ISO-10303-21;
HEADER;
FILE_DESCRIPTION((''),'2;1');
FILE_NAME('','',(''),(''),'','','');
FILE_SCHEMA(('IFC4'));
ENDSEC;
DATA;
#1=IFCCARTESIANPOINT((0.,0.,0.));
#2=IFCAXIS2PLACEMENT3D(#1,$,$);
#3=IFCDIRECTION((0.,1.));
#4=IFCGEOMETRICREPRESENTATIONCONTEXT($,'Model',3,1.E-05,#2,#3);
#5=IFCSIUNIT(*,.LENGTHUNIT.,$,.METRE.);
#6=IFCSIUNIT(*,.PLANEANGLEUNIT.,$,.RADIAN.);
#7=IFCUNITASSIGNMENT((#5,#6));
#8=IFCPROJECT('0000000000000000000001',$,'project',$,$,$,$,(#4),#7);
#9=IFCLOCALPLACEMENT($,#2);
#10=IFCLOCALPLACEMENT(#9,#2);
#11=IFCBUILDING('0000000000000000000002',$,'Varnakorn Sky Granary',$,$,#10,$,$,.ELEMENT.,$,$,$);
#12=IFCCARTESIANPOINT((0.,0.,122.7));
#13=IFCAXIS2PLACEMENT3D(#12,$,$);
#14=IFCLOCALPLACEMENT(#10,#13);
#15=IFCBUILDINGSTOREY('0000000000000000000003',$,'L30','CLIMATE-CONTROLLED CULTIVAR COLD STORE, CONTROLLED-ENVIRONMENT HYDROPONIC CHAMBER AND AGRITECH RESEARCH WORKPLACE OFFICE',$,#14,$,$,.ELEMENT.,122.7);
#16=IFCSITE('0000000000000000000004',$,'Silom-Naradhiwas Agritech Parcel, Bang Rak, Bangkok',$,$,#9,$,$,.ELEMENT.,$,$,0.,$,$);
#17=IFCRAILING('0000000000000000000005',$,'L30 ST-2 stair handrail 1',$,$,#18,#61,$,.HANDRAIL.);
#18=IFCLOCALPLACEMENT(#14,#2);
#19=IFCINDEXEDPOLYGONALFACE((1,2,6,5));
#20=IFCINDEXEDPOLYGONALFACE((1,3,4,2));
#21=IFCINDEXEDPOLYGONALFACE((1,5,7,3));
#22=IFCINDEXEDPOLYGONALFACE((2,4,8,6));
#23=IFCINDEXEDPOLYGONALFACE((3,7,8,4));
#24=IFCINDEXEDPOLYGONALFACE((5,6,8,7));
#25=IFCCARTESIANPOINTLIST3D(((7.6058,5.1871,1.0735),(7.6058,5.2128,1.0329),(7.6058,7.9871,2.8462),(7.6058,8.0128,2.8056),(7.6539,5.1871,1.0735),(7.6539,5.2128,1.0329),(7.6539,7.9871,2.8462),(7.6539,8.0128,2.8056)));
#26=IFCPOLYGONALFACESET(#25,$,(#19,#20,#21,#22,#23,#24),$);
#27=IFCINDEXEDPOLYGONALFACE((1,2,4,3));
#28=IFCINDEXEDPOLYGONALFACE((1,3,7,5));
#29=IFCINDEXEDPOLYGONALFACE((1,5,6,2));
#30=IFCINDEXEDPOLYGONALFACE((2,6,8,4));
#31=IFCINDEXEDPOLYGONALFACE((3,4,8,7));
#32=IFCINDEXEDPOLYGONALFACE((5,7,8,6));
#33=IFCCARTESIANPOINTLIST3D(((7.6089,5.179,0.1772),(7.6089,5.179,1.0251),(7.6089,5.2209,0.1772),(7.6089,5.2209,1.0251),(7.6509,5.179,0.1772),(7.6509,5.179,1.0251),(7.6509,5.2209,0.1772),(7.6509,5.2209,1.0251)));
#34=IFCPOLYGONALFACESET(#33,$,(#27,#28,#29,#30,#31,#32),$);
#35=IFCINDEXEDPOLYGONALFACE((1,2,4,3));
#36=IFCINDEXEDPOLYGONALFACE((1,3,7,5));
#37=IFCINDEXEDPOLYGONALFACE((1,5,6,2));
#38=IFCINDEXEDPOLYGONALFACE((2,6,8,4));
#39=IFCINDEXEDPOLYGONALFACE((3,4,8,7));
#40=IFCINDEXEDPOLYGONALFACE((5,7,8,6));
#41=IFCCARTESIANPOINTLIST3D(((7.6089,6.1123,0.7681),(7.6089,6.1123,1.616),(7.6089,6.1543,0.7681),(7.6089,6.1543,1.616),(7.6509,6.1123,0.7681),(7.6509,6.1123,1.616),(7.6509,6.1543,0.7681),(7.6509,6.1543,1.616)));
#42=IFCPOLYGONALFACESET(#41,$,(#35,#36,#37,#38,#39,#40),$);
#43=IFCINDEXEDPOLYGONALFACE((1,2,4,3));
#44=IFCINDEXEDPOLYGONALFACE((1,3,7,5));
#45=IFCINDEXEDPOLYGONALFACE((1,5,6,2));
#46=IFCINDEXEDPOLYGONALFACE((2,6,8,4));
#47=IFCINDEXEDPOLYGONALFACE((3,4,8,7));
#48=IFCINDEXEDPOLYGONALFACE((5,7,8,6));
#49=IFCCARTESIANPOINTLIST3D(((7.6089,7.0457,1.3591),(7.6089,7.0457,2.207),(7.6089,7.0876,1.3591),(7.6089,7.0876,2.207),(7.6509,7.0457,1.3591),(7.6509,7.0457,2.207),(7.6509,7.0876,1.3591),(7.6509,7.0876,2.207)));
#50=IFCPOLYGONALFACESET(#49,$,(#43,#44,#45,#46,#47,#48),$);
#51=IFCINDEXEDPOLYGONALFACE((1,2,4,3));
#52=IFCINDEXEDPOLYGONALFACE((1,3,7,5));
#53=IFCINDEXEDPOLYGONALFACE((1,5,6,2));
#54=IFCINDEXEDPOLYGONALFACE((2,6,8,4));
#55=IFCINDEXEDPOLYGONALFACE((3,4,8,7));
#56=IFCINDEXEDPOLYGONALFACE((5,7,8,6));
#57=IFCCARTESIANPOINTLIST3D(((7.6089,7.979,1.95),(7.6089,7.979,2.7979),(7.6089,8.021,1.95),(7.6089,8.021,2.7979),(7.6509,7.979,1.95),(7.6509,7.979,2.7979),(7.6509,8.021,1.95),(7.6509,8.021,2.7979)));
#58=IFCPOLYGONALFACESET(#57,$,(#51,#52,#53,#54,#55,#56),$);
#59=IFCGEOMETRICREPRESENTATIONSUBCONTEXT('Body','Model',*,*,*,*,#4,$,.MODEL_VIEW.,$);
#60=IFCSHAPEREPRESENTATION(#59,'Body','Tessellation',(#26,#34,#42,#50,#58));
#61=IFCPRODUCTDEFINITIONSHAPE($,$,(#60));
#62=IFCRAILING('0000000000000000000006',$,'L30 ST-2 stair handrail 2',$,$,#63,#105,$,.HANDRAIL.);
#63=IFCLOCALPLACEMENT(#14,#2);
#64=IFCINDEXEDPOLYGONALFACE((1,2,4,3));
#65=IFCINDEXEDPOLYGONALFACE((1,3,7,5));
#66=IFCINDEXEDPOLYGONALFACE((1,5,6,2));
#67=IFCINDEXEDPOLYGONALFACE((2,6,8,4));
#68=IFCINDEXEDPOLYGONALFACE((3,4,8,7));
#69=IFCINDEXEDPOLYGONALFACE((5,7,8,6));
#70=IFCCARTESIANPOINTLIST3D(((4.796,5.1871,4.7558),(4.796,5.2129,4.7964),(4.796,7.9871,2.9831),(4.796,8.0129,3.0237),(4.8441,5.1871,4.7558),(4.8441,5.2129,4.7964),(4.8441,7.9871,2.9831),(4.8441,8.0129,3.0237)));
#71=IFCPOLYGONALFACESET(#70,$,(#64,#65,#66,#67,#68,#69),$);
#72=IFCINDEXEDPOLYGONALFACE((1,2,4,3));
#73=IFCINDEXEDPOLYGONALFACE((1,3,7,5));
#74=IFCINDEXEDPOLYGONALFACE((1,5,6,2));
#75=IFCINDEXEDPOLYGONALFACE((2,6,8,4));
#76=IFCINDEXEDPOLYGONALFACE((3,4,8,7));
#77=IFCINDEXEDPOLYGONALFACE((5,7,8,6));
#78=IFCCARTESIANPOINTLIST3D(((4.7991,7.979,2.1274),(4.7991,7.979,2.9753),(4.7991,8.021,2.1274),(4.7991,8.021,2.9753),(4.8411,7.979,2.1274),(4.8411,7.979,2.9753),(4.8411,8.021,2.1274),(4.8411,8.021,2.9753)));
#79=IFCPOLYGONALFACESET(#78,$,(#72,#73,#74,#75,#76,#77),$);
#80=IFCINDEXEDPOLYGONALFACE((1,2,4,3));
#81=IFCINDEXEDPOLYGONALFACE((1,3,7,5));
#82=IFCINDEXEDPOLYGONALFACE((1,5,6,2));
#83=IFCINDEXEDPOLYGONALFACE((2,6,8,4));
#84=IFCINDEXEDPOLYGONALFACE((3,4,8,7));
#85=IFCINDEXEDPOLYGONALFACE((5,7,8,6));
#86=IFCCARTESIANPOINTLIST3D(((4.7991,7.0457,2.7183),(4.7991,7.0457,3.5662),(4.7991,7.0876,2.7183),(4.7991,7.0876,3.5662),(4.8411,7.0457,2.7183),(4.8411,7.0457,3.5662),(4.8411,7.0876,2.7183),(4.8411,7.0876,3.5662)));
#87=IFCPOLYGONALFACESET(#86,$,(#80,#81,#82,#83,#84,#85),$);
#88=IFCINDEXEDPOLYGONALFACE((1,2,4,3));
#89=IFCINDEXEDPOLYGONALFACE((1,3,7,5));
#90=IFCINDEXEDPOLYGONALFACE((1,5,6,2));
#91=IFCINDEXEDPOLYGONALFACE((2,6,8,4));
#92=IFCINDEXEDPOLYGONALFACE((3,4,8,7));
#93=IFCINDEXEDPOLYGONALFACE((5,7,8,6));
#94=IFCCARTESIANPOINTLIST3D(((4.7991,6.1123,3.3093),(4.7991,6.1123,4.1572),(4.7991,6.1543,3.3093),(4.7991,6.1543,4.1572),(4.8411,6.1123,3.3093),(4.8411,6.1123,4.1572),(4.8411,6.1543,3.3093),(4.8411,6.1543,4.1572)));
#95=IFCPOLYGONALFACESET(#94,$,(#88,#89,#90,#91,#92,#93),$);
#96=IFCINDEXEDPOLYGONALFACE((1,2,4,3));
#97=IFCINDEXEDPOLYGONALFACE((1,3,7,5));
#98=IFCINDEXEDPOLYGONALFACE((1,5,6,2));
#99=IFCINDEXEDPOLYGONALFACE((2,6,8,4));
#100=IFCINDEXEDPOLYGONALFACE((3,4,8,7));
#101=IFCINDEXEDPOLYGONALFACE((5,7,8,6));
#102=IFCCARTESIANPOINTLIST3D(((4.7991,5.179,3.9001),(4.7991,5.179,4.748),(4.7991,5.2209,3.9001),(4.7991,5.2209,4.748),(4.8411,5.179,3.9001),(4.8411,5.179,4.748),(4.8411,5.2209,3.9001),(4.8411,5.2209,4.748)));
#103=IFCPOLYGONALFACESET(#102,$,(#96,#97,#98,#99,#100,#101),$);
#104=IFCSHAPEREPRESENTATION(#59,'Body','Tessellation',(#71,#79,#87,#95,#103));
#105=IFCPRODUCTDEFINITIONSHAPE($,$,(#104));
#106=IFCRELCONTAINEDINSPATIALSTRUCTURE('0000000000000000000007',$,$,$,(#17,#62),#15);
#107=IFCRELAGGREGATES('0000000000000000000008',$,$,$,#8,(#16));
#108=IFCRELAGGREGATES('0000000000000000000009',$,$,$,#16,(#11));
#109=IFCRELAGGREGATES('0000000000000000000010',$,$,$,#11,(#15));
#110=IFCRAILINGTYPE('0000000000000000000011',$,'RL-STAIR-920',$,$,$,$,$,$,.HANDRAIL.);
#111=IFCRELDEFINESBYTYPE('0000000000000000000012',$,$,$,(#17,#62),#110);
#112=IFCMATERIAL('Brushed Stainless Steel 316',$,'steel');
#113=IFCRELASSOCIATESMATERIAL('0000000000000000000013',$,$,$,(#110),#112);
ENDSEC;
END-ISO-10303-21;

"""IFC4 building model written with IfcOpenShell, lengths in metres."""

from ifc_helpers import new_model, si_unit, direction, frame, origin, origin_2d, place, context, subcontext, project, spatial, rectangle, extrude, material, type_object, element, save


model = new_model("IFC4")

# Units and contexts
model_context = context("Model", 3, precision=1e-05, world=origin(), true_north=direction((0.0, 1.0)))
body_context = subcontext(model_context, "Body", "Model", "MODEL_VIEW")
ifc_project = project(units=[si_unit("LENGTHUNIT", "METRE"), si_unit("PLANEANGLEUNIT", "RADIAN")], contexts=[model_context])

# Site, building, storey
site_placement = place(None, origin())
site = spatial("IfcSite", under=ifc_project, at=site_placement, Name="Silom-Naradhiwas Agritech Parcel, Bang Rak, Bangkok", CompositionType="ELEMENT", RefElevation=0.0)
building_placement = place(site_placement, origin())
building = spatial("IfcBuilding", under=site, at=building_placement, Name="Varnakorn Sky Granary", CompositionType="ELEMENT")
storey_placement = place(building_placement, frame((0.0, 0.0, 122.7)))
storey = spatial("IfcBuildingStorey", under=building, at=storey_placement, Name="L30", Description="CLIMATE-CONTROLLED CULTIVAR COLD STORE, CONTROLLED-ENVIRONMENT HYDROPONIC CHAMBER AND AGRITECH RESEARCH WORKPLACE OFFICE", CompositionType="ELEMENT", Elevation=122.7)

# Railings
ifc_material_1 = material(Name="Brushed Stainless Steel 316", Category="steel")
railing_type_1 = type_object("IfcRailingType", Name="RL-STAIR-920", PredefinedType="HANDRAIL", material=ifc_material_1)
for number, where, name in (
    (1, (7.6299, 5.2, 0.1772), "L30 ST-2 stair handrail 1"),
):
    element("IfcRailing", number, at=place(storey_placement, frame(where)), inside=storey, type_object=railing_type_1, Name=name, PredefinedType="HANDRAIL", context=body_context, shape_type="SweptSolid", body=[
        extrude(rectangle(XDim=0.0481, YDim=0.0481, at=origin_2d()), frame((0.0, 0.0, 0.876), z_axis=(0.0, 0.844909, 0.53491), x_axis=(-1.0, 0.0, 0.0)), (0.0, 0.0, 1.0), 3.314),
        extrude(rectangle(XDim=0.042, YDim=0.042, at=origin_2d()), origin(), (0.0, 0.0, 1.0), 0.8479),
        extrude(rectangle(XDim=0.042, YDim=0.042, at=origin_2d()), frame((0.0, 0.9333, 0.5908)), (0.0, 0.0, 1.0), 0.8479),
        extrude(rectangle(XDim=0.042, YDim=0.042, at=origin_2d()), frame((0.0, 1.8667, 1.1819)), (0.0, 0.0, 1.0), 0.8479),
        extrude(rectangle(XDim=0.042, YDim=0.042, at=origin_2d()), frame((0.0, 2.8, 1.7727)), (0.0, 0.0, 1.0), 0.8479),
    ])
railing_1_placement = place(storey_placement, frame((4.8201, 8.0, 2.1274)))
element("IfcRailing", 2, at=railing_1_placement, inside=storey, type_object=railing_type_1, Name="L30 ST-2 stair handrail 2", PredefinedType="HANDRAIL", context=body_context, shape_type="SweptSolid", body=[
    extrude(rectangle(XDim=0.0481, YDim=0.0481, at=origin_2d()), frame((0.0, 0.0, 0.876), z_axis=(0.0, -0.844909, 0.53491), x_axis=(1.0, 0.0, 0.0)), (0.0, 0.0, 1.0), 3.314),
    extrude(rectangle(XDim=0.042, YDim=0.042, at=origin_2d()), origin(), (0.0, 0.0, 1.0), 0.8479),
    extrude(rectangle(XDim=0.042, YDim=0.042, at=origin_2d()), frame((0.0, -0.9333, 0.5908)), (0.0, 0.0, 1.0), 0.8479),
    extrude(rectangle(XDim=0.042, YDim=0.042, at=origin_2d()), frame((0.0, -1.8667, 1.1819)), (0.0, 0.0, 1.0), 0.8479),
    extrude(rectangle(XDim=0.042, YDim=0.042, at=origin_2d()), frame((0.0, -2.8, 1.7727)), (0.0, 0.0, 1.0), 0.8479),
])

save(model, "model.ifc")
